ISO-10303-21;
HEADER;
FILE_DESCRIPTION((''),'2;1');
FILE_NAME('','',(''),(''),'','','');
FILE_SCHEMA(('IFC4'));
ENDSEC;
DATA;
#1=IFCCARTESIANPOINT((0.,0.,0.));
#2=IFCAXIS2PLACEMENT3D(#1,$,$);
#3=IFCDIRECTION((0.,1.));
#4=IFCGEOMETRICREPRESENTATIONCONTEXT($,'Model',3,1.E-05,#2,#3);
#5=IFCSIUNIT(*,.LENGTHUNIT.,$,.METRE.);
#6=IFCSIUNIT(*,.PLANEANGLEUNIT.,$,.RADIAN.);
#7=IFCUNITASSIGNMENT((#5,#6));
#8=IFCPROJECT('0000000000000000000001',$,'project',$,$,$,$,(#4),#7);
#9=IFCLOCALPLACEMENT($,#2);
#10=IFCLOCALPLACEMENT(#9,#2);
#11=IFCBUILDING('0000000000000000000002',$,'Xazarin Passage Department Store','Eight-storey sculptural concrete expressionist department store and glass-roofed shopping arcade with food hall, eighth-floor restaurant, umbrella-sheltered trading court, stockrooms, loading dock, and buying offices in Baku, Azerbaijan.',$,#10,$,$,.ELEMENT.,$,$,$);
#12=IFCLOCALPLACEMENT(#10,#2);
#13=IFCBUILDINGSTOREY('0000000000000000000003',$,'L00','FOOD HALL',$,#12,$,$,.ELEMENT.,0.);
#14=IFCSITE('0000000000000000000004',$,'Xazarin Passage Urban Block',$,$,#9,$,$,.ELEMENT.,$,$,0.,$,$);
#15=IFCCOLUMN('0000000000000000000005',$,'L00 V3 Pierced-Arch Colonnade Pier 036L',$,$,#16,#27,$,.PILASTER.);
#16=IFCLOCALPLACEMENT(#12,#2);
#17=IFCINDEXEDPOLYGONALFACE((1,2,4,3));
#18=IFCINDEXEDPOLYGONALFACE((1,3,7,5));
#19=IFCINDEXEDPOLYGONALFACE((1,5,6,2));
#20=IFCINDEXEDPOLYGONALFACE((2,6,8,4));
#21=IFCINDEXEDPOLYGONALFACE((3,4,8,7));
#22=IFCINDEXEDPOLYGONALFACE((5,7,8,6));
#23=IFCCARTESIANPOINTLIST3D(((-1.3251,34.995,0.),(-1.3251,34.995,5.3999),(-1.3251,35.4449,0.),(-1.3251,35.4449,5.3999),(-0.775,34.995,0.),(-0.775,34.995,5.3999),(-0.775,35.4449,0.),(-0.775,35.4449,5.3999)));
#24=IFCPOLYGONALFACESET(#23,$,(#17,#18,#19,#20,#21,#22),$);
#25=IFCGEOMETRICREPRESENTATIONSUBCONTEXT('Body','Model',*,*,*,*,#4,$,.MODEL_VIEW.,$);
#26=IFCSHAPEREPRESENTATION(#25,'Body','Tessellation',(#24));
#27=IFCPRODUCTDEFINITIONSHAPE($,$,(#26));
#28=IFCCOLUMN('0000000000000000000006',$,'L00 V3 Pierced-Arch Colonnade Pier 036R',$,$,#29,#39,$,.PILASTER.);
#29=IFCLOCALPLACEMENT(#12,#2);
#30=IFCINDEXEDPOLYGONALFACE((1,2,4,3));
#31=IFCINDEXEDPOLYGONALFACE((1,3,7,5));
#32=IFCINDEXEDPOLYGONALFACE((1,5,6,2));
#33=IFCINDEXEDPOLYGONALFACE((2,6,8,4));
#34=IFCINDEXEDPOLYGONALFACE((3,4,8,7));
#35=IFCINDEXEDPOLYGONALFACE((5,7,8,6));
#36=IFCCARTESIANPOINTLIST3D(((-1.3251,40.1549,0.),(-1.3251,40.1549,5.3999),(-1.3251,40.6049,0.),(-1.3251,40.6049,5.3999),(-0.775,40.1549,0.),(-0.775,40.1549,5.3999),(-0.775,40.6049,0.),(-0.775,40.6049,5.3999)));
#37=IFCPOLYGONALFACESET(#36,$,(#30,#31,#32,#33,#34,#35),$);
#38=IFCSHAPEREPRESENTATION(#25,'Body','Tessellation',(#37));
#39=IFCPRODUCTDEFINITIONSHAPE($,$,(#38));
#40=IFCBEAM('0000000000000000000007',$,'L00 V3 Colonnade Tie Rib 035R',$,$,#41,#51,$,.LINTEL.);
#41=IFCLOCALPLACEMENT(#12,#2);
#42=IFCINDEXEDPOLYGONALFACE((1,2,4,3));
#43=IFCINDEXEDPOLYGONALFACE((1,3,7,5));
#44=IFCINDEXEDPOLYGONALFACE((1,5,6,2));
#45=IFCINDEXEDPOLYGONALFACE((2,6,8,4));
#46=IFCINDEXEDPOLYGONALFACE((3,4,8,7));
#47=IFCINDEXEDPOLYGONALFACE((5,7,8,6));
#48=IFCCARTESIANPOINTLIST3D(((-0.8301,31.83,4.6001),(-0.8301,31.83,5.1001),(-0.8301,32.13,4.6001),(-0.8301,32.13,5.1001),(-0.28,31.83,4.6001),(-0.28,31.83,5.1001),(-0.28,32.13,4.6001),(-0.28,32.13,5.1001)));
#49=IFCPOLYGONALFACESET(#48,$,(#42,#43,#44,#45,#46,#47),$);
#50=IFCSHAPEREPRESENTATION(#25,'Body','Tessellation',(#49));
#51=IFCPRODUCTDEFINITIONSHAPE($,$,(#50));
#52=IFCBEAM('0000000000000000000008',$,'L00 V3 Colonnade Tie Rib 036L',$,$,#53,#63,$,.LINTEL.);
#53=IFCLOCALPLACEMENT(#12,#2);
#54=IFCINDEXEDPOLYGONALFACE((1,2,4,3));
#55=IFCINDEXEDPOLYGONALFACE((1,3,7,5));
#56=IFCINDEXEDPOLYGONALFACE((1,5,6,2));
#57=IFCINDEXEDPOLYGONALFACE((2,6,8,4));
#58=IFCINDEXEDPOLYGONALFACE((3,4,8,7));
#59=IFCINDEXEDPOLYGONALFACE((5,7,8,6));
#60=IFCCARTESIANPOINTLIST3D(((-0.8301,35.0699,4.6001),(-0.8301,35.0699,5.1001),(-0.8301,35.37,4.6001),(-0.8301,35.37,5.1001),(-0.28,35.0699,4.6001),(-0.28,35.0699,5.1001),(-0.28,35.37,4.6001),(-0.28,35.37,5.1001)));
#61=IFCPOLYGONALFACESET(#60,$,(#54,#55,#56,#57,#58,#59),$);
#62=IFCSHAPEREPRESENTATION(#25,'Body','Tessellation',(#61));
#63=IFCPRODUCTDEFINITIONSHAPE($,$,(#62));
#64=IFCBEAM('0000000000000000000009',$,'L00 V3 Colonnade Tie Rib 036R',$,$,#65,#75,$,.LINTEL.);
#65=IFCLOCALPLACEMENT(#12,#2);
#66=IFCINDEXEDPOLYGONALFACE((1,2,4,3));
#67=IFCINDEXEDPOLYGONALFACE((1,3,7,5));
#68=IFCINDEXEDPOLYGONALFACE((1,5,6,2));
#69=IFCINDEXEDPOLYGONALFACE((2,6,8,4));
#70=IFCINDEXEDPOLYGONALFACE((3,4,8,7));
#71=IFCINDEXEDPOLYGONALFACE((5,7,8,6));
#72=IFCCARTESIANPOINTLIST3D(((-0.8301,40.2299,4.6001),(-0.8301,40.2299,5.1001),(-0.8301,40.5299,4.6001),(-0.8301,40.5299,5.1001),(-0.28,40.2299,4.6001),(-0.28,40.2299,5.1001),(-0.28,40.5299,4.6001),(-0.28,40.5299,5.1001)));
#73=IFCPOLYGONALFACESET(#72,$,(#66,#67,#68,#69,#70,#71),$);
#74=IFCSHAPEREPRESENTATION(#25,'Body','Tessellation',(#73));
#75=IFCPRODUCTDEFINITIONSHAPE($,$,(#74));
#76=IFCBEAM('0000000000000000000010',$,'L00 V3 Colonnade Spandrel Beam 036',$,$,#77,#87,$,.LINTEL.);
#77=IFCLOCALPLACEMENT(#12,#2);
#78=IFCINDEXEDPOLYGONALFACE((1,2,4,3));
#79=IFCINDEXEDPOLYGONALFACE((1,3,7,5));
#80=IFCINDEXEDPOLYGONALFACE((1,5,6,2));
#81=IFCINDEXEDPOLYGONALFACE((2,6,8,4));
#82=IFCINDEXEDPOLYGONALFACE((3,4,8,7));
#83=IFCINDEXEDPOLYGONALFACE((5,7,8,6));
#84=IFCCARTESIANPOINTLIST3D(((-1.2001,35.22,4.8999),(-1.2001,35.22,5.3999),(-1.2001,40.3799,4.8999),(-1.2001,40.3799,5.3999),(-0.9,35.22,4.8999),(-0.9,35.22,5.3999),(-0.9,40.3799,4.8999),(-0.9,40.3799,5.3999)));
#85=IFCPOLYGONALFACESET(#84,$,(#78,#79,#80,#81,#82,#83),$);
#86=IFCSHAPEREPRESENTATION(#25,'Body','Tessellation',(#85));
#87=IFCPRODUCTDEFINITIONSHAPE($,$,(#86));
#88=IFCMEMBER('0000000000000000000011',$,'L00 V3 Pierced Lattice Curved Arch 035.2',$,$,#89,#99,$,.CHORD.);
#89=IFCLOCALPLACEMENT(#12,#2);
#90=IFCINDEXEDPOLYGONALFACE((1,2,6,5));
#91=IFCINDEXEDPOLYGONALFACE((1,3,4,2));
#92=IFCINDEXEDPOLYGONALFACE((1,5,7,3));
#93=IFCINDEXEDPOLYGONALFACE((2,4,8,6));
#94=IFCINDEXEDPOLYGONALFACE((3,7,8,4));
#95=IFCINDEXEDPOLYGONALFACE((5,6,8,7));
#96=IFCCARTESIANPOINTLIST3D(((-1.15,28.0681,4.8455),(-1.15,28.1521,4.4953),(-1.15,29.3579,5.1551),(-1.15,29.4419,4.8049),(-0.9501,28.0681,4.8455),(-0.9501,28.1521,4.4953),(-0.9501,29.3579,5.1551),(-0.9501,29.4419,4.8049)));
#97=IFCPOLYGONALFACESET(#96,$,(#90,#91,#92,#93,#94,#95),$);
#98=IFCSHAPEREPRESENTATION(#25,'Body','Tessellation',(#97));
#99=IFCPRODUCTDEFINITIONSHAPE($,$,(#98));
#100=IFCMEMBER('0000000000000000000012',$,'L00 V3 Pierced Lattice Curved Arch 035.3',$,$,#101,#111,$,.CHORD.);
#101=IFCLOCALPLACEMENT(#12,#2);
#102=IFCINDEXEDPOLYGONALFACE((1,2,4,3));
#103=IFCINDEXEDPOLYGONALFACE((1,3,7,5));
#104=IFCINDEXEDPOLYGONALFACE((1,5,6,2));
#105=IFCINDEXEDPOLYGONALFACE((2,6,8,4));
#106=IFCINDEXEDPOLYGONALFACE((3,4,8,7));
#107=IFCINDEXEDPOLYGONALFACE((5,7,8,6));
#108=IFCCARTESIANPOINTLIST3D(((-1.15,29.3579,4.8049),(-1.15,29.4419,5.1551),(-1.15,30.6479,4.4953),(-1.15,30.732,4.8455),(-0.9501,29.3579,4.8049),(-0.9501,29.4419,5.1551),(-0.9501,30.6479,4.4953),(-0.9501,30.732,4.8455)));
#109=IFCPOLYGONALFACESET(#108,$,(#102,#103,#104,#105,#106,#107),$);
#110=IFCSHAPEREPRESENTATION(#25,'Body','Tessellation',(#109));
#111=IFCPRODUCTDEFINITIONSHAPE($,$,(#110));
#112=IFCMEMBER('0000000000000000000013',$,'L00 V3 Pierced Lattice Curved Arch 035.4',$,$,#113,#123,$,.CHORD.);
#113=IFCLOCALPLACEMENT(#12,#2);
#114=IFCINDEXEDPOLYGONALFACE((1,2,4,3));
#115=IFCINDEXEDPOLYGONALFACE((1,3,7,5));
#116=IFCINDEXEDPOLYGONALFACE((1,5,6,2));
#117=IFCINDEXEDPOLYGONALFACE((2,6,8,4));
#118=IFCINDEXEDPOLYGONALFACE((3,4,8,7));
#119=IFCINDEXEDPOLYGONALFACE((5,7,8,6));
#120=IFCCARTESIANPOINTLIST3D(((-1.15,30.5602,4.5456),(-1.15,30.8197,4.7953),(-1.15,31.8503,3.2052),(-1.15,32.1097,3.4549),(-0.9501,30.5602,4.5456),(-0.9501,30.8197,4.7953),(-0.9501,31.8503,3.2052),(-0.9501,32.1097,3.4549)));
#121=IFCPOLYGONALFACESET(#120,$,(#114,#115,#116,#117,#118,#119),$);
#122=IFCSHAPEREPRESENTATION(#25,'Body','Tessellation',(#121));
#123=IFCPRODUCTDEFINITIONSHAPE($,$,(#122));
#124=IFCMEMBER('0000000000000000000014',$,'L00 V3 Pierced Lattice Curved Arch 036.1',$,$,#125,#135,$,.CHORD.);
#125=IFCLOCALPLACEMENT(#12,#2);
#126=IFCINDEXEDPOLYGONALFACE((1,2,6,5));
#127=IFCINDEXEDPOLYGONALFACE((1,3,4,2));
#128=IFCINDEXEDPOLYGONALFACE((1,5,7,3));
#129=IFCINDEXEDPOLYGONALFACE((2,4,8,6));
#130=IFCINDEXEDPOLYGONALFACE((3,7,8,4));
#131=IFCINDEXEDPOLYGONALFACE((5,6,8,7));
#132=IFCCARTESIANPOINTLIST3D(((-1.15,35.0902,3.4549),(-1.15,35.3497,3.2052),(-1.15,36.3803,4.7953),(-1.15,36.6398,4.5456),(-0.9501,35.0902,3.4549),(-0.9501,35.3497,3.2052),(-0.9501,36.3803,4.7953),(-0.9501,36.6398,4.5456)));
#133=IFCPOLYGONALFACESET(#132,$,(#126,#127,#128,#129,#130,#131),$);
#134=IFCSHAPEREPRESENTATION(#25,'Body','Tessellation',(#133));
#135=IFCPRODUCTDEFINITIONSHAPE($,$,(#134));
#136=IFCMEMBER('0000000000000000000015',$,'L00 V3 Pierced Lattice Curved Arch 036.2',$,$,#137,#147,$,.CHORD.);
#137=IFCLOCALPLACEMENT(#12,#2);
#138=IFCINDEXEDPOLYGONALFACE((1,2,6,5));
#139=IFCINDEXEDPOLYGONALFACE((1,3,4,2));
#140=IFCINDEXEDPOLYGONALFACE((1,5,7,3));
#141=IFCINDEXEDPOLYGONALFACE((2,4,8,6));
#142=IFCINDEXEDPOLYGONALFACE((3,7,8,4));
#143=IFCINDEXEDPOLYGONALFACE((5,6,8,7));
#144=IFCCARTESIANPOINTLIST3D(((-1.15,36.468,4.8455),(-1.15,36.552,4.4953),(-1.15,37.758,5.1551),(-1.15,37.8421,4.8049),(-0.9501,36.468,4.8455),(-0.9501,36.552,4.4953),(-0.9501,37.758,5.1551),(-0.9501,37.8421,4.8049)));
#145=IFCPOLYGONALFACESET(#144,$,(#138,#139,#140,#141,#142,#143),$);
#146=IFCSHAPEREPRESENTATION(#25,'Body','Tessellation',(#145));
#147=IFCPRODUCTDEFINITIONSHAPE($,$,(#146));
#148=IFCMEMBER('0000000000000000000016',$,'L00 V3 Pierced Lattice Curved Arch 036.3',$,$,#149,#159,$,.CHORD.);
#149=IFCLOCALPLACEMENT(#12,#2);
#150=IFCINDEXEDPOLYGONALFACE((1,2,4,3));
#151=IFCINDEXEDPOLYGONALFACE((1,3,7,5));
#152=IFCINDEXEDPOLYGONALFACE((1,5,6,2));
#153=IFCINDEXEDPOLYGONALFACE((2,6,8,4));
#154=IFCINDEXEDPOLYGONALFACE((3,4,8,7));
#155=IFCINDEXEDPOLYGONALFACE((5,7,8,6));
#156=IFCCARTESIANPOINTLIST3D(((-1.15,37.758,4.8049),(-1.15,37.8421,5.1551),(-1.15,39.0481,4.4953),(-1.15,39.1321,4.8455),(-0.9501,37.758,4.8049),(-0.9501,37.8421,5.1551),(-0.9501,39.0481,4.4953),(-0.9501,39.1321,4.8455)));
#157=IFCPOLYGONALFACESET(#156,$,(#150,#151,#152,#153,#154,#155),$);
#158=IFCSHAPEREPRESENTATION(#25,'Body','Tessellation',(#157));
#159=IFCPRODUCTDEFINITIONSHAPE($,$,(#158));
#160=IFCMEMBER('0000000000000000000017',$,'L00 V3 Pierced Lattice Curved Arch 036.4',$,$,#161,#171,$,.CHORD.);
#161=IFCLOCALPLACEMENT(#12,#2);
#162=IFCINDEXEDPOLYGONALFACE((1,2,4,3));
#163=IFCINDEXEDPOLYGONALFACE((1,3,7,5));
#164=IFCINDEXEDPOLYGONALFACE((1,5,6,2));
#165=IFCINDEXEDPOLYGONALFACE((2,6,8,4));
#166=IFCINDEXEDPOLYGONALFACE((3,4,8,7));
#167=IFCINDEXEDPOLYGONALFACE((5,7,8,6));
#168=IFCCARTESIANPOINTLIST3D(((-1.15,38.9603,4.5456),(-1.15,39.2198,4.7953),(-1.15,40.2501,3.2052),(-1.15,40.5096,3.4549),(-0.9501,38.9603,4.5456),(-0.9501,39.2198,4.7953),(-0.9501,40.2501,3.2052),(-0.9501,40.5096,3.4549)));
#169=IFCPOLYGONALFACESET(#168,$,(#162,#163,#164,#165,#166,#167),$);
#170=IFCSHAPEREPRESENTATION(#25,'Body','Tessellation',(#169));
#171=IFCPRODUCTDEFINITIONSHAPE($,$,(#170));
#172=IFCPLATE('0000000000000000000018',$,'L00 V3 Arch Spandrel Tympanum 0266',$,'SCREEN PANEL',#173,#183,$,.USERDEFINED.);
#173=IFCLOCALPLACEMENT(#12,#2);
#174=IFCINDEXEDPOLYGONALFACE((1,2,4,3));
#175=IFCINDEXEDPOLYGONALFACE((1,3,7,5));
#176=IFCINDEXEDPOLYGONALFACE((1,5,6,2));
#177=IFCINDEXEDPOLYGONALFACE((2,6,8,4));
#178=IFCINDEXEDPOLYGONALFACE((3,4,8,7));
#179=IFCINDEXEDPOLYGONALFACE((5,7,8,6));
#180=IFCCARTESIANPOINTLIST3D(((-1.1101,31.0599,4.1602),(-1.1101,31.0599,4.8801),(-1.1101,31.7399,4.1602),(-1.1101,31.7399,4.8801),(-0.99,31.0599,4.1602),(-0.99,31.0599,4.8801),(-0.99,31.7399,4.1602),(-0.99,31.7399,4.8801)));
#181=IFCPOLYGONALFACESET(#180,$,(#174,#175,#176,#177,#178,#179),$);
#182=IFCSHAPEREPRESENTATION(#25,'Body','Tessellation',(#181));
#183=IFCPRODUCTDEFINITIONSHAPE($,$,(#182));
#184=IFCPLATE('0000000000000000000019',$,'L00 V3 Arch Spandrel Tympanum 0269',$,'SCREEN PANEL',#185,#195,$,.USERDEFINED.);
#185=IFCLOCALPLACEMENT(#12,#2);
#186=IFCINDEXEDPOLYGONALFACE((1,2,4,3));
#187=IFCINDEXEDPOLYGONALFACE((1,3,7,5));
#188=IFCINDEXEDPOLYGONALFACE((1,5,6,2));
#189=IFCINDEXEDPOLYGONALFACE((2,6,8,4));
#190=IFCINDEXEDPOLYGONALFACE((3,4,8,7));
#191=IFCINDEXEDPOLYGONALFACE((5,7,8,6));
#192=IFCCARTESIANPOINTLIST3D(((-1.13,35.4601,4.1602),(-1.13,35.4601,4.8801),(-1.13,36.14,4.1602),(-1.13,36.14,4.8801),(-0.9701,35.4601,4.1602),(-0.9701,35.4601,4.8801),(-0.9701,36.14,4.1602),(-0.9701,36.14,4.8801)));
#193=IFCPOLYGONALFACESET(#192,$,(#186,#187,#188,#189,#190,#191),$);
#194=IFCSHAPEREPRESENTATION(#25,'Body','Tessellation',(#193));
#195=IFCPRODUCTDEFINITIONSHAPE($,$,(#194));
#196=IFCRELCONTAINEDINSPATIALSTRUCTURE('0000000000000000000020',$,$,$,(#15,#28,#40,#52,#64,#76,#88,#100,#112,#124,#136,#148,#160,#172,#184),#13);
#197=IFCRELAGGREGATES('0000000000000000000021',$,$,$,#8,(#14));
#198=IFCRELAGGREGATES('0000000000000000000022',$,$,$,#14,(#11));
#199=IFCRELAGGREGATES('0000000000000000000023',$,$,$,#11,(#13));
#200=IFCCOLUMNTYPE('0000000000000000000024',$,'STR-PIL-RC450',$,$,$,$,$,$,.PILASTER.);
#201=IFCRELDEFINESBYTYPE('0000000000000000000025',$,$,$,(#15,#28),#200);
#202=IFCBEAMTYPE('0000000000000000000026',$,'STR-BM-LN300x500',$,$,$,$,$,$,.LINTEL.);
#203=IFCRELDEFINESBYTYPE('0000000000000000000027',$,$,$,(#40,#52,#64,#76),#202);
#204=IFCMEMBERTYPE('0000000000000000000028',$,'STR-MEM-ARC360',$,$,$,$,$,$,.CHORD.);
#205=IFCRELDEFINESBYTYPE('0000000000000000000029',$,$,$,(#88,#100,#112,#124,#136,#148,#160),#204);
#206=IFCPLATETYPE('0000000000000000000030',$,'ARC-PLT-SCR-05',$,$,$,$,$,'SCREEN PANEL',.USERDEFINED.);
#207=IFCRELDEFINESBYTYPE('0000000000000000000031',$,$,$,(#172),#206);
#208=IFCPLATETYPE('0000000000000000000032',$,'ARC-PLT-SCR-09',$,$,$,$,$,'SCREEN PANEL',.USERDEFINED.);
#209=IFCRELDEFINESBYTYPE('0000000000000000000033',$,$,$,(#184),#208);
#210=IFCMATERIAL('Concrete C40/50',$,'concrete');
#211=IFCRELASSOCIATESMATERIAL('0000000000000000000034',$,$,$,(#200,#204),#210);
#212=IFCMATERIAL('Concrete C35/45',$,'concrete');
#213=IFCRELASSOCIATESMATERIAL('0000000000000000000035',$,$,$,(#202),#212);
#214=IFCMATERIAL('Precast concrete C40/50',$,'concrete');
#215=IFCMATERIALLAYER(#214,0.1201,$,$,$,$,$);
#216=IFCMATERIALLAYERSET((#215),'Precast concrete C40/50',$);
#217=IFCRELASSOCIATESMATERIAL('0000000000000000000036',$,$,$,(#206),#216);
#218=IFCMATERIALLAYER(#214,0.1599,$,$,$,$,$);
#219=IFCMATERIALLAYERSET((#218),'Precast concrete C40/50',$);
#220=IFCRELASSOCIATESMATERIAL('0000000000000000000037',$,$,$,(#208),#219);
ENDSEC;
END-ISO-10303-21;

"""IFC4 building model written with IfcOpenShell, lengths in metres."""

from ifc_helpers import new_model, si_unit, direction, frame, origin, origin_2d, place, context, subcontext, project, spatial, rectangle, extrude, material, layer, layer_set, material_profile, profile_set, type_object, element, save


model = new_model("IFC4")

# Units and contexts
model_context = context("Model", 3, precision=1e-05, world=origin(), true_north=direction((0.0, 1.0)))
body_context = subcontext(model_context, "Body", "Model", "MODEL_VIEW")
ifc_project = project(units=[si_unit("LENGTHUNIT", "METRE"), si_unit("PLANEANGLEUNIT", "RADIAN")], contexts=[model_context])

# Site, building, storey
site_placement = place(None, origin())
site = spatial("IfcSite", under=ifc_project, at=site_placement, Name="Xazarin Passage Urban Block", CompositionType="ELEMENT", RefElevation=0.0)
building_placement = place(site_placement, origin())
building = spatial("IfcBuilding", under=site, at=building_placement, Name="Xazarin Passage Department Store", Description="Eight-storey sculptural concrete expressionist department store and glass-roofed shopping arcade with food hall, eighth-floor restaurant, umbrella-sheltered trading court, stockrooms, loading dock, and buying offices in Baku, Azerbaijan.", CompositionType="ELEMENT")
storey_placement = place(building_placement, origin())
storey = spatial("IfcBuildingStorey", under=building, at=storey_placement, Name="L00", Description="FOOD HALL", CompositionType="ELEMENT", Elevation=0.0)

# Shared definitions
ifc_material_1 = material(Name="Concrete C35/45", Category="concrete")

# Columns
ifc_material_2 = material(Name="Concrete C40/50", Category="concrete")
ifc_material_profile_1 = material_profile(ifc_material_2, rectangle(XDim=0.45, YDim=0.55, at=origin_2d()), Name="RC 450x550")
ifc_profile_set_1 = profile_set([ifc_material_profile_1], Name="Concrete C40/50")
column_type = type_object("IfcColumnType", Name="STR-PIL-RC450", PredefinedType="PILASTER", material=ifc_profile_set_1)
for number, where, z_axis, x_axis, name in (
    (1, (-1.05, 35.22, 0.0), (0.0, 0.0, 1.0), (0.0, 1.0, 0.0), "L00 V3 Pierced-Arch Colonnade Pier 036L"),
    (2, (-1.05, 40.3799, 0.0), (0.0, 0.0, 1.0), (0.0, 1.0, 0.0), "L00 V3 Pierced-Arch Colonnade Pier 036R"),
):
    element("IfcColumn", number, at=place(storey_placement, frame(where, z_axis=z_axis, x_axis=x_axis)), inside=storey, type_object=column_type, Name=name, PredefinedType="PILASTER", context=body_context, shape_type="SweptSolid", body=[
        extrude(rectangle(XDim=0.45, YDim=0.55, at=origin_2d()), origin(), (0.0, 0.0, 1.0), 5.3999),
    ])

# Beams
ifc_material_profile_2 = material_profile(ifc_material_1, rectangle(XDim=0.3, YDim=0.5, at=origin_2d()), Name="RC 300x500")
ifc_profile_set_2 = profile_set([ifc_material_profile_2], Name="Concrete C35/45")
beam_type = type_object("IfcBeamType", Name="STR-BM-LN300x500", PredefinedType="LINTEL", material=ifc_profile_set_2)
for number, where, z_axis, x_axis, name in (
    (3, (-0.28, 31.98, 4.8501), (-1.0, 0.0, 0.0), (0.0, -1.0, 0.0), "L00 V3 Colonnade Tie Rib 035R"),
    (4, (-0.28, 35.22, 4.8501), (-1.0, 0.0, 0.0), (0.0, -1.0, 0.0), "L00 V3 Colonnade Tie Rib 036L"),
    (5, (-0.28, 40.3799, 4.8501), (-1.0, 0.0, 0.0), (0.0, -1.0, 0.0), "L00 V3 Colonnade Tie Rib 036R"),
):
    element("IfcBeam", number, at=place(storey_placement, frame(where, z_axis=z_axis, x_axis=x_axis)), inside=storey, type_object=beam_type, Name=name, PredefinedType="LINTEL", context=body_context, shape_type="SweptSolid", body=[
        extrude(rectangle(XDim=0.3, YDim=0.5, at=origin_2d()), origin(), (0.0, 0.0, 1.0), 0.55),
    ])
beam_placement = place(storey_placement, frame((-1.05, 35.22, 5.1499), z_axis=(0.0, 1.0, 0.0), x_axis=(-1.0, 0.0, 0.0)))
element("IfcBeam", 6, at=beam_placement, inside=storey, type_object=beam_type, Name="L00 V3 Colonnade Spandrel Beam 036", PredefinedType="LINTEL", context=body_context, shape_type="SweptSolid", body=[
    extrude(rectangle(XDim=0.3, YDim=0.5, at=origin_2d()), origin(), (0.0, 0.0, 1.0), 5.1599),
])

# Members
ifc_material_profile_3 = material_profile(ifc_material_2, rectangle(XDim=0.2, YDim=0.3601, at=origin_2d()), Name="RC 200x360")
ifc_profile_set_3 = profile_set([ifc_material_profile_3], Name="Concrete C40/50")
member_type = type_object("IfcMemberType", Name="STR-MEM-ARC360", PredefinedType="CHORD", material=ifc_profile_set_3)
member_1_placement = place(storey_placement, frame((-1.05, 28.1101, 4.6704), z_axis=(0.0, 0.972384, 0.233387), x_axis=(-1.0, 0.0, 0.0)))
element("IfcMember", 7, at=member_1_placement, inside=storey, type_object=member_type, Name="L00 V3 Pierced Lattice Curved Arch 035.2", PredefinedType="CHORD", context=body_context, shape_type="SweptSolid", body=[
    extrude(rectangle(XDim=0.2, YDim=0.3601, at=origin_2d()), origin(), (0.0, 0.0, 1.0), 1.3264),
])
member_2_placement = place(storey_placement, frame((-1.05, 29.3999, 4.98), z_axis=(0.0, 0.972394, -0.233345), x_axis=(-1.0, 0.0, 0.0)))
element("IfcMember", 8, at=member_2_placement, inside=storey, type_object=member_type, Name="L00 V3 Pierced Lattice Curved Arch 035.3", PredefinedType="CHORD", context=body_context, shape_type="SweptSolid", body=[
    extrude(rectangle(XDim=0.2, YDim=0.3601, at=origin_2d()), origin(), (0.0, 0.0, 1.0), 1.3267),
])
for number, where, z_axis, x_axis, name in (
    (9, (-1.05, 30.6899, 4.6704), (0.0, 0.69346, -0.720495), (-1.0, 0.0, 0.0), "L00 V3 Pierced Lattice Curved Arch 035.4"),
    (10, (-1.05, 35.22, 3.3301), (0.0, 0.69346, 0.720495), (-1.0, 0.0, 0.0), "L00 V3 Pierced Lattice Curved Arch 036.1"),
):
    element("IfcMember", number, at=place(storey_placement, frame(where, z_axis=z_axis, x_axis=x_axis)), inside=storey, type_object=member_type, Name=name, PredefinedType="CHORD", context=body_context, shape_type="SweptSolid", body=[
        extrude(rectangle(XDim=0.2, YDim=0.3601, at=origin_2d()), origin(), (0.0, 0.0, 1.0), 1.8604),
    ])
for number, where, z_axis, x_axis, name in (
    (11, (-1.05, 36.51, 4.6704), (0.0, 0.972394, 0.233345), (-1.0, 0.0, 0.0), "L00 V3 Pierced Lattice Curved Arch 036.2"),
    (12, (-1.05, 37.8, 4.98), (0.0, 0.972394, -0.233345), (-1.0, 0.0, 0.0), "L00 V3 Pierced Lattice Curved Arch 036.3"),
):
    element("IfcMember", number, at=place(storey_placement, frame(where, z_axis=z_axis, x_axis=x_axis)), inside=storey, type_object=member_type, Name=name, PredefinedType="CHORD", context=body_context, shape_type="SweptSolid", body=[
        extrude(rectangle(XDim=0.2, YDim=0.3601, at=origin_2d()), origin(), (0.0, 0.0, 1.0), 1.3267),
    ])
member_3_placement = place(storey_placement, frame((-1.05, 39.0901, 4.6704), z_axis=(0.0, 0.693392, -0.720561), x_axis=(-1.0, 0.0, 0.0)))
element("IfcMember", 13, at=member_3_placement, inside=storey, type_object=member_type, Name="L00 V3 Pierced Lattice Curved Arch 036.4", PredefinedType="CHORD", context=body_context, shape_type="SweptSolid", body=[
    extrude(rectangle(XDim=0.2, YDim=0.3601, at=origin_2d()), origin(), (0.0, 0.0, 1.0), 1.8601),
])

# Plates
ifc_material_3 = material(Name="Precast concrete C40/50", Category="concrete")
ifc_layer_1 = layer(ifc_material_3, 0.1201)
ifc_layer_set_1 = layer_set([ifc_layer_1], Name="Precast concrete C40/50")
plate_type_1 = type_object("IfcPlateType", Name="ARC-PLT-SCR-05", ElementType="SCREEN PANEL", PredefinedType="USERDEFINED", material=ifc_layer_set_1)
plate_placement = place(storey_placement, frame((-1.05, 31.3999, 4.1602), z_axis=(0.0, 0.0, 1.0), x_axis=(0.0, 1.0, 0.0)))
element("IfcPlate", 14, at=plate_placement, inside=storey, type_object=plate_type_1, Name="L00 V3 Arch Spandrel Tympanum 0266", ObjectType="SCREEN PANEL", PredefinedType="USERDEFINED", context=body_context, shape_type="SweptSolid", body=[
    extrude(rectangle(XDim=0.6799, YDim=0.1201, at=origin_2d()), origin(), (0.0, 0.0, 1.0), 0.72),
])
ifc_layer_2 = layer(ifc_material_3, 0.1599)
ifc_layer_set_2 = layer_set([ifc_layer_2], Name="Precast concrete C40/50")
plate_type_2 = type_object("IfcPlateType", Name="ARC-PLT-SCR-09", ElementType="SCREEN PANEL", PredefinedType="USERDEFINED", material=ifc_layer_set_2)
for number, where, z_axis, x_axis, name in (
    (15, (-1.05, 35.8, 4.1602), (0.0, 0.0, 1.0), (0.0, 1.0, 0.0), "L00 V3 Arch Spandrel Tympanum 0269"),
):
    element("IfcPlate", number, at=place(storey_placement, frame(where, z_axis=z_axis, x_axis=x_axis)), inside=storey, type_object=plate_type_2, Name=name, ObjectType="SCREEN PANEL", PredefinedType="USERDEFINED", context=body_context, shape_type="SweptSolid", body=[
        extrude(rectangle(XDim=0.6799, YDim=0.1599, at=origin_2d()), origin(), (0.0, 0.0, 1.0), 0.72),
    ])

save(model, "model.ifc")
